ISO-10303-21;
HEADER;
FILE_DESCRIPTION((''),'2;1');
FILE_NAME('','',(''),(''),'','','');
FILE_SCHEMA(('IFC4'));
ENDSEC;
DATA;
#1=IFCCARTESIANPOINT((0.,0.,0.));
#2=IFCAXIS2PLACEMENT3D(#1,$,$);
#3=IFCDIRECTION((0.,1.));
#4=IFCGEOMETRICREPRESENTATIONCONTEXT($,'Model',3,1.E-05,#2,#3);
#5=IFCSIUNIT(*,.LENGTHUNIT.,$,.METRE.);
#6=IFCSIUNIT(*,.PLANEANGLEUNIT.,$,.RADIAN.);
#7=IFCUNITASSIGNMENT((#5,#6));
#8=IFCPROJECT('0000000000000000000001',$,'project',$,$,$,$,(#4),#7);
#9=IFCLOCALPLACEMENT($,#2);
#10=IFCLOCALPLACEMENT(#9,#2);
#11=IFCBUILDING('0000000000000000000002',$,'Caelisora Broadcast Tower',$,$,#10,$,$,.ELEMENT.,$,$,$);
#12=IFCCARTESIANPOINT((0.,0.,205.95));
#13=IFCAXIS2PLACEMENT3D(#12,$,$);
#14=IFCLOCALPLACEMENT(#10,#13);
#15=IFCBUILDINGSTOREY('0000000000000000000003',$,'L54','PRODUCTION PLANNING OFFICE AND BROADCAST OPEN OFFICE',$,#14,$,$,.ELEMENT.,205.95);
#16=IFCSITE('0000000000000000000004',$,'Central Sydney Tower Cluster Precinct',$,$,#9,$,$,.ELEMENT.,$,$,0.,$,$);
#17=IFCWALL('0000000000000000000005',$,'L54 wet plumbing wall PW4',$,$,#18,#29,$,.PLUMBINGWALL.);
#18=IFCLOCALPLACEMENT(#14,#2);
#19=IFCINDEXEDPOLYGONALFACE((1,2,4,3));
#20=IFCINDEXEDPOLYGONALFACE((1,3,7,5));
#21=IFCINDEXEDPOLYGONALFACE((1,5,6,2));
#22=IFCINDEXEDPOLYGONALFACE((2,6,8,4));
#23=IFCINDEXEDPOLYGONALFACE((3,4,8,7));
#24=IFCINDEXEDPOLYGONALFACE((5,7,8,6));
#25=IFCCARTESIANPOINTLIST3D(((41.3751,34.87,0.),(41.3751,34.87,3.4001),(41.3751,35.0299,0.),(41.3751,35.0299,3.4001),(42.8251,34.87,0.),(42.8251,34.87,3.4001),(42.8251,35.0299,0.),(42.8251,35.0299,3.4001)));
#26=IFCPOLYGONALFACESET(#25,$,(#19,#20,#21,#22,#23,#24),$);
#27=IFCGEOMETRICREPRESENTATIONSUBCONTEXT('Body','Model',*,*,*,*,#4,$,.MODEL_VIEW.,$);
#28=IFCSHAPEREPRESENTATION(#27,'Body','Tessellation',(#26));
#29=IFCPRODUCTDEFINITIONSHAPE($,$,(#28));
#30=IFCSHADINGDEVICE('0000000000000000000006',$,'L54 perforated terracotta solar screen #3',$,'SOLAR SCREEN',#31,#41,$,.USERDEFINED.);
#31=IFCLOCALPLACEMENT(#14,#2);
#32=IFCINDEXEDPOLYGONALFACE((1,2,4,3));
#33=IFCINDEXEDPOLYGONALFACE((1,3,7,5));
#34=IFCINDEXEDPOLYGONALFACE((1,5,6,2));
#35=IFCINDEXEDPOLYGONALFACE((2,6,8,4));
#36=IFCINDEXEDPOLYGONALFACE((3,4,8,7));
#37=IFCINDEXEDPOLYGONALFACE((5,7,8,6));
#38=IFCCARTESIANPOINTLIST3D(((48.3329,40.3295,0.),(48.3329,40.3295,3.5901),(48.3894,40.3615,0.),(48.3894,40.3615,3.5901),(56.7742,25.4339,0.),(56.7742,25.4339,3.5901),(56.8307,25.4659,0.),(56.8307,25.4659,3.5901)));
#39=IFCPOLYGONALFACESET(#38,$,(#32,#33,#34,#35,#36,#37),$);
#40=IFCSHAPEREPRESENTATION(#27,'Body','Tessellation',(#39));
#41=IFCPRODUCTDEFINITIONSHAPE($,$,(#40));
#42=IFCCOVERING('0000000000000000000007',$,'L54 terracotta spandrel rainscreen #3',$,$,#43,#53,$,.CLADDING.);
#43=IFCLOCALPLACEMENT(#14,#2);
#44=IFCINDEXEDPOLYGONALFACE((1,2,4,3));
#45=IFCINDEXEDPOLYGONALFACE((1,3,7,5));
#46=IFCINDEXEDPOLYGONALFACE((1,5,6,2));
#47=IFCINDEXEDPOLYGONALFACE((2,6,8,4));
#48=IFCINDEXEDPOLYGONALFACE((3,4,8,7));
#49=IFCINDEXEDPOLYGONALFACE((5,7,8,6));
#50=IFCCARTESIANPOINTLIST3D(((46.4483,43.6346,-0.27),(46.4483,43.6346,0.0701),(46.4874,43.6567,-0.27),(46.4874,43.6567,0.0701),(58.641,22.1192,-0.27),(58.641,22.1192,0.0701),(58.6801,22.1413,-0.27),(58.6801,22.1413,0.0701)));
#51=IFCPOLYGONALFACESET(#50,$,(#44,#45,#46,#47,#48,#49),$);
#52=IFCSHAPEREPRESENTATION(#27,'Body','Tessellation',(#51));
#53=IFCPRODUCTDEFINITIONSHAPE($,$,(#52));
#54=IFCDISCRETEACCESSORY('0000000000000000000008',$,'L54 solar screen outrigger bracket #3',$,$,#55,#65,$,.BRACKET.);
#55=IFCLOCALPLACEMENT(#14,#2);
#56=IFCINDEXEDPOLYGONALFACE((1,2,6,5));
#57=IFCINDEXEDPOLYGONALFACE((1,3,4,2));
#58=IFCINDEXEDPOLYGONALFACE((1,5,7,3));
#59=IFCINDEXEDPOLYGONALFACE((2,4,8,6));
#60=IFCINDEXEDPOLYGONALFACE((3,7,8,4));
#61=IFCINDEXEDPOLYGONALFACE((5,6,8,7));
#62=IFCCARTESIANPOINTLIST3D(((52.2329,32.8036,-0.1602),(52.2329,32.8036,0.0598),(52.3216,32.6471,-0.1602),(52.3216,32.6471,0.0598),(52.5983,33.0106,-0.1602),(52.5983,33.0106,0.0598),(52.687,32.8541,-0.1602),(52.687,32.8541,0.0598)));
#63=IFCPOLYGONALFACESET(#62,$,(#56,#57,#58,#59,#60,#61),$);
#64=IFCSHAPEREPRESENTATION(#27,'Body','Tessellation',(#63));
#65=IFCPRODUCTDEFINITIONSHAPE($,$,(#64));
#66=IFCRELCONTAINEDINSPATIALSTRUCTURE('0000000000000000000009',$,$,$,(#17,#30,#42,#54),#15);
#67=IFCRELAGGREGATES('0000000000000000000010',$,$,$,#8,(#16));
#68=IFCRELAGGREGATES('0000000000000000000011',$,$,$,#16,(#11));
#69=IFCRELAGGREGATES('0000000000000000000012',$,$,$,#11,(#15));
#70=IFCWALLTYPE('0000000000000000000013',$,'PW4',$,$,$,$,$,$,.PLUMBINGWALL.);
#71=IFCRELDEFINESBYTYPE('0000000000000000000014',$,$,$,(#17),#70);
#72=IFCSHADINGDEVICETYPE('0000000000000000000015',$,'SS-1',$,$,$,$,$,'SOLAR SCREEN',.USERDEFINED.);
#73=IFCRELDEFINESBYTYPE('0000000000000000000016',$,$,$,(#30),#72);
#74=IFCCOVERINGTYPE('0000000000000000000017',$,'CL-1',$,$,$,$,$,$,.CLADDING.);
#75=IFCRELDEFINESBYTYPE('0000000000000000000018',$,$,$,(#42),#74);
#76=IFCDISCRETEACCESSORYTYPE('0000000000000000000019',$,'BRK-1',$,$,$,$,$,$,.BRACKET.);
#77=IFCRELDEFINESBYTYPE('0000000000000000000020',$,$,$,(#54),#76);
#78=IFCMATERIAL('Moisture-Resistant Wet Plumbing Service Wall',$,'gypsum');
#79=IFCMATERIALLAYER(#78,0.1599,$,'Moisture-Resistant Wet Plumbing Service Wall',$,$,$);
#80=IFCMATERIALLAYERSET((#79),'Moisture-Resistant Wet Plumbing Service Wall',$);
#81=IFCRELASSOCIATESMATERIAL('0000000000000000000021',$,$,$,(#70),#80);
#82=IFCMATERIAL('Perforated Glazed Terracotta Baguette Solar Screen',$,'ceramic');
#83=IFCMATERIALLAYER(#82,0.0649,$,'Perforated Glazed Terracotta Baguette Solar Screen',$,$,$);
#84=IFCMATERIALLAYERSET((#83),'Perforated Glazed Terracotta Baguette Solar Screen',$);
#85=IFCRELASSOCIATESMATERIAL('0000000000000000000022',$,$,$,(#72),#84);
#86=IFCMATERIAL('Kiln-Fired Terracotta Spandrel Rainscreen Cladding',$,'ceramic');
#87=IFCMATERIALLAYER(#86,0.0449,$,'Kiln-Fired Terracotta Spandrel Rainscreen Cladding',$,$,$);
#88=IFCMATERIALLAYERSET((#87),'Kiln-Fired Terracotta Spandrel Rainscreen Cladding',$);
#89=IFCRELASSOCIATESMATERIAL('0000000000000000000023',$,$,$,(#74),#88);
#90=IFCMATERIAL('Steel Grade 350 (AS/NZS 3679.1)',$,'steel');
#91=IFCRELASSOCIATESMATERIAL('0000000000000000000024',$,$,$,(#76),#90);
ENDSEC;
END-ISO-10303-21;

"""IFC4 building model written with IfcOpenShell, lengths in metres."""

from ifc_helpers import new_model, si_unit, direction, frame, frame_2d, origin, origin_2d, place, context, subcontext, project, spatial, rectangle, extrude, source, transform, mapped, material, layer, layer_set, type_object, type_shapes, element, save


model = new_model("IFC4")

# Units and contexts
model_context = context("Model", 3, precision=1e-05, world=origin(), true_north=direction((0.0, 1.0)))
body_context = subcontext(model_context, "Body", "Model", "MODEL_VIEW")
ifc_project = project(units=[si_unit("LENGTHUNIT", "METRE"), si_unit("PLANEANGLEUNIT", "RADIAN")], contexts=[model_context])

# Site, building, storey
site_placement = place(None, origin())
site = spatial("IfcSite", under=ifc_project, at=site_placement, Name="Central Sydney Tower Cluster Precinct", CompositionType="ELEMENT", RefElevation=0.0)
building_placement = place(site_placement, origin())
building = spatial("IfcBuilding", under=site, at=building_placement, Name="Caelisora Broadcast Tower", CompositionType="ELEMENT")
storey_placement = place(building_placement, frame((0.0, 0.0, 205.95)))
storey = spatial("IfcBuildingStorey", under=building, at=storey_placement, Name="L54", Description="PRODUCTION PLANNING OFFICE AND BROADCAST OPEN OFFICE", CompositionType="ELEMENT", Elevation=205.95)

# Shared definitions
ifc_material_1 = material(Name="Steel Grade 350 (AS/NZS 3679.1)", Category="steel")

# Wall
ifc_material_2 = material(Name="Moisture-Resistant Wet Plumbing Service Wall", Category="gypsum")
ifc_layer_1 = layer(ifc_material_2, 0.1599, Name="Moisture-Resistant Wet Plumbing Service Wall")
ifc_layer_set_1 = layer_set([ifc_layer_1], Name="Moisture-Resistant Wet Plumbing Service Wall")
wall_type_1 = type_object("IfcWallType", Name="PW4", PredefinedType="PLUMBINGWALL", material=ifc_layer_set_1)
wall_1_placement = place(storey_placement, frame((41.375, 34.95, 0.0), z_axis=(0.0, 0.0, 1.0), x_axis=(1.0, 0.0, 0.0)))
element("IfcWall", 1, at=wall_1_placement, inside=storey, type_object=wall_type_1, Name="L54 wet plumbing wall PW4", PredefinedType="PLUMBINGWALL", context=body_context, shape_type="SweptSolid", body=[
    extrude(rectangle(XDim=1.45, YDim=0.1599, at=frame_2d((0.7251, 0.0))), origin(), (0.0, 0.0, 1.0), 3.4001),
])

# Shading device
ifc_material_3 = material(Name="Perforated Glazed Terracotta Baguette Solar Screen", Category="ceramic")
ifc_layer_2 = layer(ifc_material_3, 0.0649, Name="Perforated Glazed Terracotta Baguette Solar Screen")
ifc_layer_set_2 = layer_set([ifc_layer_2], Name="Perforated Glazed Terracotta Baguette Solar Screen")
shading_device_type = type_object("IfcShadingDeviceType", Name="SS-1", ElementType="SOLAR SCREEN", PredefinedType="USERDEFINED", material=ifc_layer_set_2)
shared_shape_1 = source(origin(), body_context, "Body", "SweptSolid", [
    extrude(rectangle(XDim=17.1211, YDim=0.0649, at=origin_2d()), origin(), (0.0, 0.0, 1.0), 3.5901),
])
type_shapes(shading_device_type, [shared_shape_1])
shading_device_placement = place(storey_placement, frame((52.5818, 32.8977, 0.0), z_axis=(0.0, 0.0, 1.0), x_axis=(-0.493031, 0.870012, 0.0)))
element("IfcShadingDevice", 2, at=shading_device_placement, inside=storey, type_object=shading_device_type, Name="L54 perforated terracotta solar screen #3", ObjectType="SOLAR SCREEN", PredefinedType="USERDEFINED", context=body_context, shape_type="MappedRepresentation", body=[
    mapped(shared_shape_1, transform((0.0, 0.0, 0.0), scale=1.0)),
])

# Covering
ifc_material_4 = material(Name="Kiln-Fired Terracotta Spandrel Rainscreen Cladding", Category="ceramic")
ifc_layer_3 = layer(ifc_material_4, 0.0449, Name="Kiln-Fired Terracotta Spandrel Rainscreen Cladding")
ifc_layer_set_3 = layer_set([ifc_layer_3], Name="Kiln-Fired Terracotta Spandrel Rainscreen Cladding")
covering_type = type_object("IfcCoveringType", Name="CL-1", PredefinedType="CLADDING", material=ifc_layer_set_3)
shared_shape_2 = source(origin(), body_context, "Body", "SweptSolid", [
    extrude(rectangle(XDim=24.73, YDim=0.0449, at=origin_2d()), origin(), (0.0, 0.0, 1.0), 0.3401),
])
type_shapes(covering_type, [shared_shape_2])
covering_placement = place(storey_placement, frame((52.5642, 32.8879, -0.27), z_axis=(0.0, 0.0, 1.0), x_axis=(-0.493031, 0.870012, 0.0)))
element("IfcCovering", 3, at=covering_placement, inside=storey, type_object=covering_type, Name="L54 terracotta spandrel rainscreen #3", PredefinedType="CLADDING", context=body_context, shape_type="MappedRepresentation", body=[
    mapped(shared_shape_2, transform((0.0, 0.0, 0.0), scale=1.0)),
])

# Discrete accessory
discrete_accessory_type = type_object("IfcDiscreteAccessoryType", Name="BRK-1", PredefinedType="BRACKET", material=ifc_material_1)
shared_shape_3 = source(origin(), body_context, "Body", "SweptSolid", [
    extrude(rectangle(XDim=0.1799, YDim=0.4199, at=origin_2d()), origin(), (0.0, 0.0, 1.0), 0.22),
])
type_shapes(discrete_accessory_type, [shared_shape_3])
discrete_accessory_placement = place(storey_placement, frame((52.46, 32.8289, -0.1602), z_axis=(0.0, 0.0, 1.0), x_axis=(-0.493031, 0.870012, 0.0)))
element("IfcDiscreteAccessory", 4, at=discrete_accessory_placement, inside=storey, type_object=discrete_accessory_type, Name="L54 solar screen outrigger bracket #3", PredefinedType="BRACKET", context=body_context, shape_type="MappedRepresentation", body=[
    mapped(shared_shape_3, transform((0.0, 0.0, 0.0), scale=1.0)),
])

save(model, "model.ifc")
